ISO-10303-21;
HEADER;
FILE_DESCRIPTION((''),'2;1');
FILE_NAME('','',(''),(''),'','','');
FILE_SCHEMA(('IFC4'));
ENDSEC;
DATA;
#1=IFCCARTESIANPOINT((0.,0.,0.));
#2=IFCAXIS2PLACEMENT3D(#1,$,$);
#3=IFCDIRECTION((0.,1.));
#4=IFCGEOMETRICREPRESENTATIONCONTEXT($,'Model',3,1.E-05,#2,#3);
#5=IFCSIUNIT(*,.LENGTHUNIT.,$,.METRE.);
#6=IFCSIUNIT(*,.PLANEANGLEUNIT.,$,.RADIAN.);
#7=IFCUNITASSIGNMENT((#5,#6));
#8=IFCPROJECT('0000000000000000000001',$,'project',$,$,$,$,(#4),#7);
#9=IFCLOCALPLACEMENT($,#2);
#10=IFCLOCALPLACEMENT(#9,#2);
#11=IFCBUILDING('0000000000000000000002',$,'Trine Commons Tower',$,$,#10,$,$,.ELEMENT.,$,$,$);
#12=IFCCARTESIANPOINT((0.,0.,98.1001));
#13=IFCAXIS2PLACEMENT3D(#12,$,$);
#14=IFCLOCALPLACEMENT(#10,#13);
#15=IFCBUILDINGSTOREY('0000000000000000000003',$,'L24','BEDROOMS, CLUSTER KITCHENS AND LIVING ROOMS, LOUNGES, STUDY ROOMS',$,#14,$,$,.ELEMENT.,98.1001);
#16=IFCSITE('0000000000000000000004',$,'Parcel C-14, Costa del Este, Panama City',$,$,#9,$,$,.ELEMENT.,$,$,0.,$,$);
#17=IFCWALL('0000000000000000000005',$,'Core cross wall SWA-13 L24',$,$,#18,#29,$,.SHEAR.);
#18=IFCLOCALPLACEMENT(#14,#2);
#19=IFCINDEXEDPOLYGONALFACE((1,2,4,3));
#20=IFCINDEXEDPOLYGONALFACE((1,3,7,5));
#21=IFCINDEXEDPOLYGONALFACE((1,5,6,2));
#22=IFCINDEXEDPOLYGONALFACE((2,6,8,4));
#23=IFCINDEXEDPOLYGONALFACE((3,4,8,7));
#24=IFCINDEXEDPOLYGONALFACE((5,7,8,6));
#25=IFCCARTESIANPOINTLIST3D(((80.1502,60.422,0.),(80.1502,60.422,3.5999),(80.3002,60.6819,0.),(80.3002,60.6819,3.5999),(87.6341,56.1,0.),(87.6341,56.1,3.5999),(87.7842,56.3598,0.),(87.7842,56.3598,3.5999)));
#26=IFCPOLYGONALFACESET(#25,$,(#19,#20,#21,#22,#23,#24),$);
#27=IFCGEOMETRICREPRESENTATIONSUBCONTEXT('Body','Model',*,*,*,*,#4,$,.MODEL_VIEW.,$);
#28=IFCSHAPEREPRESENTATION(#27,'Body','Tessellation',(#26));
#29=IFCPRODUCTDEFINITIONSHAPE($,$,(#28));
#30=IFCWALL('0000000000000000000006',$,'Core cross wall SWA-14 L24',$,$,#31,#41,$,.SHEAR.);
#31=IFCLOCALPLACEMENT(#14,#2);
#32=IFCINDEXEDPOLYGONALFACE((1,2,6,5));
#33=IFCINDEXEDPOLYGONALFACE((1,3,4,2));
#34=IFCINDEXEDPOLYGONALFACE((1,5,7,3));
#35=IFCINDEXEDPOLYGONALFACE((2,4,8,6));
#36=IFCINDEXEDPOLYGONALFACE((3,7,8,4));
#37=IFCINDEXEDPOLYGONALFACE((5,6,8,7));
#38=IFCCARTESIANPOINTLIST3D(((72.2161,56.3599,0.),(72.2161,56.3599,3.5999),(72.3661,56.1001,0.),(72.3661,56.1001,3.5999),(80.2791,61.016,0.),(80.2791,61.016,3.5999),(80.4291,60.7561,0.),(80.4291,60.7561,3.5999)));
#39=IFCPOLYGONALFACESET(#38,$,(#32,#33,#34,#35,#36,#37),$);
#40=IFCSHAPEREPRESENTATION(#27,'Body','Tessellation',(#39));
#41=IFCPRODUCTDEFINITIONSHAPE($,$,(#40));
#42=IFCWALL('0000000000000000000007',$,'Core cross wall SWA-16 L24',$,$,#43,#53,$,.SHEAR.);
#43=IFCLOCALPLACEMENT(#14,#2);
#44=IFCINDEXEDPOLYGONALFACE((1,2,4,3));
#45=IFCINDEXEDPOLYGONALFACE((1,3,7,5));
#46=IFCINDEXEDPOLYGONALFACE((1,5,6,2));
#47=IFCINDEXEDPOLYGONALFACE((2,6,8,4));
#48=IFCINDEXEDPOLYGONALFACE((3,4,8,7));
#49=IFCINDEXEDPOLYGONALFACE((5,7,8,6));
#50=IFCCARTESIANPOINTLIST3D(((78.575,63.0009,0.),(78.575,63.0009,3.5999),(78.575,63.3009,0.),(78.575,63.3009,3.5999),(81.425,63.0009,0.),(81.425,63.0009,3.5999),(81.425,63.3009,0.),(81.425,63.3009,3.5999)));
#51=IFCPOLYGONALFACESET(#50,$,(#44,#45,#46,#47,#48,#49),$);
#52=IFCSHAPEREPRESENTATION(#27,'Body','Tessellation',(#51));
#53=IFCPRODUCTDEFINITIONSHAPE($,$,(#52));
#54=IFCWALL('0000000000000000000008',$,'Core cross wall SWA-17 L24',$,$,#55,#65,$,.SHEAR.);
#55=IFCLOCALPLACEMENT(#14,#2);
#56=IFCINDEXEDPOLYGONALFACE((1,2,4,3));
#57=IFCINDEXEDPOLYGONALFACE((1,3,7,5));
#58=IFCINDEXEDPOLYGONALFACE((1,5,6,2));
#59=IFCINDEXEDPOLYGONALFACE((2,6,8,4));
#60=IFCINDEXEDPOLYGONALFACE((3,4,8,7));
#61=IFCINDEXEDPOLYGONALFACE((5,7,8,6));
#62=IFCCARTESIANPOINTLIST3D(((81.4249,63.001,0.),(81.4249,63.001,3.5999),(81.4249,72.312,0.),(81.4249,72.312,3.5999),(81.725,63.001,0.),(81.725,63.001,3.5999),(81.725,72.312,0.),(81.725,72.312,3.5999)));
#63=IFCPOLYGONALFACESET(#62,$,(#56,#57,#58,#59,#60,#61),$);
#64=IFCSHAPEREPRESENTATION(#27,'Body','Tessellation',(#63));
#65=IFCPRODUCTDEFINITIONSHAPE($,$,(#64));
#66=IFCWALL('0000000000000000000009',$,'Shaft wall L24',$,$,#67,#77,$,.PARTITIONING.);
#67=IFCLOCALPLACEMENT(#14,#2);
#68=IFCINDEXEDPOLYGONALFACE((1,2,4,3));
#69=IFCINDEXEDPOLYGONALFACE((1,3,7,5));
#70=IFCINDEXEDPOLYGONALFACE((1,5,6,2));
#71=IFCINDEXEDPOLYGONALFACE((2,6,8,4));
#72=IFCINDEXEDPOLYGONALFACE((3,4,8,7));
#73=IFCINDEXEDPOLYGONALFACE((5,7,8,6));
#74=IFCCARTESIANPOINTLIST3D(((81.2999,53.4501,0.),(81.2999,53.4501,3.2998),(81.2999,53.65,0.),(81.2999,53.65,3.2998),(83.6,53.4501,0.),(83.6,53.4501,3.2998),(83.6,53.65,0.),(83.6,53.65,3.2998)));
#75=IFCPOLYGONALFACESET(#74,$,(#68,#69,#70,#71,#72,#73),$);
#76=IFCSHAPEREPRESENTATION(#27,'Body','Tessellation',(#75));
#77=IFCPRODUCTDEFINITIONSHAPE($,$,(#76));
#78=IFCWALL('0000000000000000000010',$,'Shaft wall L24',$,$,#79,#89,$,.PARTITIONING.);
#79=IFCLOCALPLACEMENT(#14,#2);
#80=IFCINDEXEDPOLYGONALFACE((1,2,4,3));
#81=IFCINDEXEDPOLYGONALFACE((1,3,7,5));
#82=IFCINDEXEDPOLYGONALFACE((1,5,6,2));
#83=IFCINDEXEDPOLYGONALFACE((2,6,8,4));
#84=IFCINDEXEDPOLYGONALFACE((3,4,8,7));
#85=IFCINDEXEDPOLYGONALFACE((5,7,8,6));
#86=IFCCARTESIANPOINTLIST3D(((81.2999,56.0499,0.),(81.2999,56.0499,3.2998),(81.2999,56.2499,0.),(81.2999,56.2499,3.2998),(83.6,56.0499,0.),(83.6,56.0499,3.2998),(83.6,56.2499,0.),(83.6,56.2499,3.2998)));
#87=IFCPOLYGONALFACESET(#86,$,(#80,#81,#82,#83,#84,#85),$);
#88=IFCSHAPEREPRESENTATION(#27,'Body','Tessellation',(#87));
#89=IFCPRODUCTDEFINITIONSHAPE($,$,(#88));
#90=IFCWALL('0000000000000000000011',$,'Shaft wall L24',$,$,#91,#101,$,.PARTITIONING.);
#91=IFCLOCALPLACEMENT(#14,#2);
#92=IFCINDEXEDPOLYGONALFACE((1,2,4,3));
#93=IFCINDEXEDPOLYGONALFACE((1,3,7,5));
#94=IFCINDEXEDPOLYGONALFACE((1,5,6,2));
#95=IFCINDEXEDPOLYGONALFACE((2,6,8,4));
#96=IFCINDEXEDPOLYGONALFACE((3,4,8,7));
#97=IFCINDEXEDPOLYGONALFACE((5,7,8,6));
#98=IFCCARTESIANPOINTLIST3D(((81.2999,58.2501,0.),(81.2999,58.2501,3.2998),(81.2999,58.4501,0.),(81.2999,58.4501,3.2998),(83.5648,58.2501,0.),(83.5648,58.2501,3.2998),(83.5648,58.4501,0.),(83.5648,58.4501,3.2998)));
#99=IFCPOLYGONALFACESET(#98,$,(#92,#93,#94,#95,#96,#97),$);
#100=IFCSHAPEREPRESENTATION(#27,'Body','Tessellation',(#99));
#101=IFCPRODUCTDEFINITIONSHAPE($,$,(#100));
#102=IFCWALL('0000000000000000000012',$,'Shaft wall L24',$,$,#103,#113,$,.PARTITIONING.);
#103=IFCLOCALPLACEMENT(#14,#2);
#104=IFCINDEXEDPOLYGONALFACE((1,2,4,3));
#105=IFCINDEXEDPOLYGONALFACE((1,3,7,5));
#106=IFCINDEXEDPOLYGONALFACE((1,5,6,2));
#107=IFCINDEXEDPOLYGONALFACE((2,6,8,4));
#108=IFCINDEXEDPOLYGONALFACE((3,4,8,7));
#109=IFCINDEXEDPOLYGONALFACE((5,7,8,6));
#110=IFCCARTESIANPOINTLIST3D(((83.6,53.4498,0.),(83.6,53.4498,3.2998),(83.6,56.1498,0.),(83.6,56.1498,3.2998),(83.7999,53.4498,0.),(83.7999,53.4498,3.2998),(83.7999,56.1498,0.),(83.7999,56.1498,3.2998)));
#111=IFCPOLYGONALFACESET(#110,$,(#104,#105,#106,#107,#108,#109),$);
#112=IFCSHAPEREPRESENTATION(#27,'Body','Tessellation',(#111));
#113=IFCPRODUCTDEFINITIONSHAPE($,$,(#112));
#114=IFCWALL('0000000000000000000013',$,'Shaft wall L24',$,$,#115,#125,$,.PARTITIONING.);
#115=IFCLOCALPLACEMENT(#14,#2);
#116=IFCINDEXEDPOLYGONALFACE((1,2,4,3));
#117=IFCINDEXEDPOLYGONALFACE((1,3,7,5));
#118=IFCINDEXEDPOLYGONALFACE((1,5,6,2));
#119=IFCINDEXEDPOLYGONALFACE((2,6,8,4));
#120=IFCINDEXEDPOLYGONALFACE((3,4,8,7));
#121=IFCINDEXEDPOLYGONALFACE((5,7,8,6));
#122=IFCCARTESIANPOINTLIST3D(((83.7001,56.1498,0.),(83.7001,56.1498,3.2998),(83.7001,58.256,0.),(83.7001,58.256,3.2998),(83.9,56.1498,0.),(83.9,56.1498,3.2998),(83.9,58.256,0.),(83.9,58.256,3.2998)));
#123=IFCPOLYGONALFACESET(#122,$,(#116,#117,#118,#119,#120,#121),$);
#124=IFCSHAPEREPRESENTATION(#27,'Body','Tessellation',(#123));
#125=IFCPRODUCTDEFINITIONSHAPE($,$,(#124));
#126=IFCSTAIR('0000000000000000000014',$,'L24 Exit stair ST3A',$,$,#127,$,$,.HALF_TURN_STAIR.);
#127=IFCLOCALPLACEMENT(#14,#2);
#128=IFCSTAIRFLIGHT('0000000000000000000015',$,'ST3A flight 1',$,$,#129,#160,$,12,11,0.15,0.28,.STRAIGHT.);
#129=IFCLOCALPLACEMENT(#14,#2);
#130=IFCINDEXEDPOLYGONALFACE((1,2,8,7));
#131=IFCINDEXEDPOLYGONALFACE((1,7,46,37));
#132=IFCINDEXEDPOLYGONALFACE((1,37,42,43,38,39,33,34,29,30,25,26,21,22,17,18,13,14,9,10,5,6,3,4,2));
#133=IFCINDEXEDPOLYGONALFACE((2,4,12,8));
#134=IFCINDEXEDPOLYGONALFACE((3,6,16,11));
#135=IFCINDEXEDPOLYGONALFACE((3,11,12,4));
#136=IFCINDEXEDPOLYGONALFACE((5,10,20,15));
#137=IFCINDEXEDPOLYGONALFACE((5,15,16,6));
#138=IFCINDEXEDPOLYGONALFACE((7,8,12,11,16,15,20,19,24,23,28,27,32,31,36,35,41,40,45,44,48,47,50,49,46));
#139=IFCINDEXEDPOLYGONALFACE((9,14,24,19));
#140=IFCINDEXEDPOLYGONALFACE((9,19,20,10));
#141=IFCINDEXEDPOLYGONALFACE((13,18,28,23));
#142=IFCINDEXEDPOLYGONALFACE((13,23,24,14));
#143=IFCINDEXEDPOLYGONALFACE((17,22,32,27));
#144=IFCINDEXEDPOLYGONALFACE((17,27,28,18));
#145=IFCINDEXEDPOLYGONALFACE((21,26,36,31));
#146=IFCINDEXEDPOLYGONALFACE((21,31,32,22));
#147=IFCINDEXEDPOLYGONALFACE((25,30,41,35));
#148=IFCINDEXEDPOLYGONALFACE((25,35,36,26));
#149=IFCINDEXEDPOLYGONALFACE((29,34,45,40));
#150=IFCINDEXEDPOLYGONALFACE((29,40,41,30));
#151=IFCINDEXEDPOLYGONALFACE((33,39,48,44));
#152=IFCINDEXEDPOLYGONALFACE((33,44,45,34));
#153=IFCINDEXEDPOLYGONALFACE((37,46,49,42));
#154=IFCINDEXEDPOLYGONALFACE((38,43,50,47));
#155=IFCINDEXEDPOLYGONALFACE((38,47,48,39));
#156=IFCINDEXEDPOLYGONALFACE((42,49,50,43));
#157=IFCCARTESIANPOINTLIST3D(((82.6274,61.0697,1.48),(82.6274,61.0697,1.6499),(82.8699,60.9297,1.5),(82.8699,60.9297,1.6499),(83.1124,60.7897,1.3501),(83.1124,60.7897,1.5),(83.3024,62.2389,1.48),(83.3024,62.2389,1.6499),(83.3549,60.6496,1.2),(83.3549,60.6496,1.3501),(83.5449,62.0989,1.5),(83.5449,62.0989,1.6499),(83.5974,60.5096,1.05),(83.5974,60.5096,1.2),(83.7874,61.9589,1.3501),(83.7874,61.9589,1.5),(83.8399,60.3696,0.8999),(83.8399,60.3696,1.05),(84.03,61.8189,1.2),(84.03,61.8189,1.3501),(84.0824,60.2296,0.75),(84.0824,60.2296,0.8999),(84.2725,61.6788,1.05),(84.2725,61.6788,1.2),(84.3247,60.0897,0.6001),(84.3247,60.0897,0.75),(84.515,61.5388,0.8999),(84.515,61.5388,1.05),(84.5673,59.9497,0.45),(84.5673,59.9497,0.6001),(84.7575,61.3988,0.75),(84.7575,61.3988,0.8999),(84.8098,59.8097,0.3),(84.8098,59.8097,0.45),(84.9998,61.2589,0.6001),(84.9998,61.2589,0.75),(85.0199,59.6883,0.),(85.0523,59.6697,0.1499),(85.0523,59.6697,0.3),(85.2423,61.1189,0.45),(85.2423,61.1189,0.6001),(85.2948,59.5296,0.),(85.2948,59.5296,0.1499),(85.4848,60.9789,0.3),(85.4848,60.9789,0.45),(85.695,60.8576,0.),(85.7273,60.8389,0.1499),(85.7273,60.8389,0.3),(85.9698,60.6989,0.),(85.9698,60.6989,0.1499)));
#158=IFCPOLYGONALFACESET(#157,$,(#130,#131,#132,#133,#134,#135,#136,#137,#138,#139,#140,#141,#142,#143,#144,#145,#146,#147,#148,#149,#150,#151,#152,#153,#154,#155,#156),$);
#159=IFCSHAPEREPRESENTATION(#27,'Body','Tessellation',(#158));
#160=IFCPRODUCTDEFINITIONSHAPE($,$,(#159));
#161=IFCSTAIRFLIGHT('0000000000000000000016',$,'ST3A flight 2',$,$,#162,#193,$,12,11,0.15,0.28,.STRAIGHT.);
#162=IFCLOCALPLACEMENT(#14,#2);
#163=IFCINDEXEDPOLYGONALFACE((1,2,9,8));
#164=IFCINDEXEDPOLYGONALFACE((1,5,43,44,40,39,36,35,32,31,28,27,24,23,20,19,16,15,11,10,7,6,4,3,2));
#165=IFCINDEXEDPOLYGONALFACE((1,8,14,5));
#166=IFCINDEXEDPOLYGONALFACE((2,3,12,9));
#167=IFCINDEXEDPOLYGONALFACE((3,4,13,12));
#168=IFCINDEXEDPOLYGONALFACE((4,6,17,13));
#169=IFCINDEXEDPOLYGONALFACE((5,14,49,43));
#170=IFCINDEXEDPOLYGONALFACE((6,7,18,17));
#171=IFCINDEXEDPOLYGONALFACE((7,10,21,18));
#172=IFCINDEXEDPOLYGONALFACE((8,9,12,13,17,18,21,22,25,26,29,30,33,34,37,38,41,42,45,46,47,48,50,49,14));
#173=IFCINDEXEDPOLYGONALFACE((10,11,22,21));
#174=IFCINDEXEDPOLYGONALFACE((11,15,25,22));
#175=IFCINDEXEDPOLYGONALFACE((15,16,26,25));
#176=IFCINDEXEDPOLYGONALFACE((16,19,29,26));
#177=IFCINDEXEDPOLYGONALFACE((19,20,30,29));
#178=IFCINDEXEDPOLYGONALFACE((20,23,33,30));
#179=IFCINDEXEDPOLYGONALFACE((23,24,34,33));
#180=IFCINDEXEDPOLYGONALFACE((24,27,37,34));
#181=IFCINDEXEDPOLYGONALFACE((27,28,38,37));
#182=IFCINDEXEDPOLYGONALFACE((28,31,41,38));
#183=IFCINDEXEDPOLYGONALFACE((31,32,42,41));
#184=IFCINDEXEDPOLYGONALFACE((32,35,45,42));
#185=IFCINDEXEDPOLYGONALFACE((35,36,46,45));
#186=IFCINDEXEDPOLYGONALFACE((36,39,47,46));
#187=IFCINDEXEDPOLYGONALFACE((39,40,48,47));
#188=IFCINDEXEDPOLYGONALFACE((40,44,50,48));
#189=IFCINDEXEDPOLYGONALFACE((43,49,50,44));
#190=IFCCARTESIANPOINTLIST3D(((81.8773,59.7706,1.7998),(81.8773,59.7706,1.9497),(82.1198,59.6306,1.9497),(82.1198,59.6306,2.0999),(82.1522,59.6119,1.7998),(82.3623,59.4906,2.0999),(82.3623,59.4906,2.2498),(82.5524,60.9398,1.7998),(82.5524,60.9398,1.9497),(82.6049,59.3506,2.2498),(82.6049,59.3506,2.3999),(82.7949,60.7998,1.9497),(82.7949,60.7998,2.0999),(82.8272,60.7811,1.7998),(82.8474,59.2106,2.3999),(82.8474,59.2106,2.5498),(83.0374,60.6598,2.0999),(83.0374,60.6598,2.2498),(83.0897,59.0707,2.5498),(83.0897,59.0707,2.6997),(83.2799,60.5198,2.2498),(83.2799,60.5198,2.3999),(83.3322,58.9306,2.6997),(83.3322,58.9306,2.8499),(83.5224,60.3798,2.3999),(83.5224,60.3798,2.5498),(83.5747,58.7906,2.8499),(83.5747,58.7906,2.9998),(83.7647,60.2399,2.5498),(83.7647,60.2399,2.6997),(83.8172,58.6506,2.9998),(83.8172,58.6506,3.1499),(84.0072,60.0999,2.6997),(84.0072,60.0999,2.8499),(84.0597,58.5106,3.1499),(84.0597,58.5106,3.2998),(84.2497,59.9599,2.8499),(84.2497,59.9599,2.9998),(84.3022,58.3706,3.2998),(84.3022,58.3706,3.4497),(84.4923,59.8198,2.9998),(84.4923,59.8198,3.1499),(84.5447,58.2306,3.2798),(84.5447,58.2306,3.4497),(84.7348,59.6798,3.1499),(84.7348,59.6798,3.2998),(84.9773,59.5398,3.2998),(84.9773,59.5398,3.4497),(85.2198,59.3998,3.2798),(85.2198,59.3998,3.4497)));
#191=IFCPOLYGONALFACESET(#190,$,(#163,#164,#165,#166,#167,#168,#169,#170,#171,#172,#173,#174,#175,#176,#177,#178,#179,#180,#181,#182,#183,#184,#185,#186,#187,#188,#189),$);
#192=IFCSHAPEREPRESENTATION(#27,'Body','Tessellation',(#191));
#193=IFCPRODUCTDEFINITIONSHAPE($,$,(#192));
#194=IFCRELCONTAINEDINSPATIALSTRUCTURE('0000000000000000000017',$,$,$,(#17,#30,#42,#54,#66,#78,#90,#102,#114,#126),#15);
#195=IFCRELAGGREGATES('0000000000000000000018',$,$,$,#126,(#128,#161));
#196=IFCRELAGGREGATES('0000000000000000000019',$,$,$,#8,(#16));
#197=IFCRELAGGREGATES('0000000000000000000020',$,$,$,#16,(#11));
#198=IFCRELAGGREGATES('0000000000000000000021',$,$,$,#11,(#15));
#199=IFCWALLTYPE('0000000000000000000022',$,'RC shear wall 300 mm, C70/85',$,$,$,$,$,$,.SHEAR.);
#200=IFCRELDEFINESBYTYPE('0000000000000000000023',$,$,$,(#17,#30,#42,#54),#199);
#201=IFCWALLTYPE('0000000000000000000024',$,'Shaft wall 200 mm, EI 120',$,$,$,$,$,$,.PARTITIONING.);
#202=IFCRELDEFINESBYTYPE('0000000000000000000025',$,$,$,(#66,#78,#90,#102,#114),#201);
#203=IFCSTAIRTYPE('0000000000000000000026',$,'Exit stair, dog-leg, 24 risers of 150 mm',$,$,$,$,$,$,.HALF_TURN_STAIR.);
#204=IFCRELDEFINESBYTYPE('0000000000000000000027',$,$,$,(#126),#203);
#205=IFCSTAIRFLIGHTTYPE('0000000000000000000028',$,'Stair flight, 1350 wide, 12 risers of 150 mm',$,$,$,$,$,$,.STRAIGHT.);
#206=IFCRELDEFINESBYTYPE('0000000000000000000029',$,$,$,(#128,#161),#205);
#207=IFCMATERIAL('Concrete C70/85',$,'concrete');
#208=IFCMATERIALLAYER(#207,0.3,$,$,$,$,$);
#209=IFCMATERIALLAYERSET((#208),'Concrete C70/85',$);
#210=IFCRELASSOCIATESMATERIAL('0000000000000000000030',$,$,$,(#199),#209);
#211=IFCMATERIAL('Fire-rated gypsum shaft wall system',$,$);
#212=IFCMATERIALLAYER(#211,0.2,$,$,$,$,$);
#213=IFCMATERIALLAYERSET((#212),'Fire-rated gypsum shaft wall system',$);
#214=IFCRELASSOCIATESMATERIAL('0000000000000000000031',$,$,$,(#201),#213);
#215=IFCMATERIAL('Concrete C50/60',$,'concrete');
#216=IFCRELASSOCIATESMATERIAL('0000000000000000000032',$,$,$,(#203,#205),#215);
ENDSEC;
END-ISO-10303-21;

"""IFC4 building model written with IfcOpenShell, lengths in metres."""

from ifc_helpers import new_model, si_unit, direction, frame, frame_2d, origin, place, context, subcontext, project, spatial, polyline, rectangle, outline, extrude, material, layer, layer_set, type_object, element, aggregate, save


model = new_model("IFC4")

# Units and contexts
model_context = context("Model", 3, precision=1e-05, world=origin(), true_north=direction((0.0, 1.0)))
body_context = subcontext(model_context, "Body", "Model", "MODEL_VIEW")
ifc_project = project(units=[si_unit("LENGTHUNIT", "METRE"), si_unit("PLANEANGLEUNIT", "RADIAN")], contexts=[model_context])

# Site, building, storey
site_placement = place(None, origin())
site = spatial("IfcSite", under=ifc_project, at=site_placement, Name="Parcel C-14, Costa del Este, Panama City", CompositionType="ELEMENT", RefElevation=0.0)
building_placement = place(site_placement, origin())
building = spatial("IfcBuilding", under=site, at=building_placement, Name="Trine Commons Tower", CompositionType="ELEMENT")
storey_placement = place(building_placement, frame((0.0, 0.0, 98.1001)))
storey = spatial("IfcBuildingStorey", under=building, at=storey_placement, Name="L24", Description="BEDROOMS, CLUSTER KITCHENS AND LIVING ROOMS, LOUNGES, STUDY ROOMS", CompositionType="ELEMENT", Elevation=98.1001)

# Shared definitions
ifc_material_1 = material(Name="Concrete C70/85", Category="concrete")

# Shared definitions
ifc_layer_1 = layer(ifc_material_1, 0.3)
ifc_layer_set_1 = layer_set([ifc_layer_1], Name="Concrete C70/85")
wall_type_1 = type_object("IfcWallType", Name="RC shear wall 300 mm, C70/85", PredefinedType="SHEAR", material=ifc_layer_set_1)

# Walls
wall_1_placement = place(storey_placement, frame((80.2251, 60.552, 0.0), z_axis=(0.0, 0.0, 1.0), x_axis=(0.865965, -0.500104, 0.0)))
element("IfcWall", 1, at=wall_1_placement, inside=storey, type_object=wall_type_1, Name="Core cross wall SWA-13 L24", PredefinedType="SHEAR", context=body_context, shape_type="SweptSolid", body=[
    extrude(rectangle(XDim=8.6423, YDim=0.3, at=frame_2d((4.3213, 0.0))), origin(), (0.0, 0.0, 1.0), 3.5999),
])
wall_2_placement = place(storey_placement, frame((80.354, 60.886, 0.0), z_axis=(0.0, 0.0, 1.0), x_axis=(-0.865986, -0.500067, 0.0)))
element("IfcWall", 2, at=wall_2_placement, inside=storey, type_object=wall_type_1, Name="Core cross wall SWA-14 L24", PredefinedType="SHEAR", context=body_context, shape_type="SweptSolid", body=[
    extrude(rectangle(XDim=9.3108, YDim=0.3, at=frame_2d((4.6553, 0.0))), origin(), (0.0, 0.0, 1.0), 3.5999),
])
wall_3_placement = place(storey_placement, frame((81.425, 63.1509, 0.0), z_axis=(0.0, 0.0, 1.0), x_axis=(-1.0, 0.0, 0.0)))
element("IfcWall", 3, at=wall_3_placement, inside=storey, type_object=wall_type_1, Name="Core cross wall SWA-16 L24", PredefinedType="SHEAR", context=body_context, shape_type="SweptSolid", body=[
    extrude(rectangle(XDim=2.8501, YDim=0.3, at=frame_2d((1.425, 0.0))), origin(), (0.0, 0.0, 1.0), 3.5999),
])
wall_4_placement = place(storey_placement, frame((81.575, 63.001, 0.0), z_axis=(0.0, 0.0, 1.0), x_axis=(0.0, 1.0, 0.0)))
element("IfcWall", 4, at=wall_4_placement, inside=storey, type_object=wall_type_1, Name="Core cross wall SWA-17 L24", PredefinedType="SHEAR", context=body_context, shape_type="SweptSolid", body=[
    extrude(rectangle(XDim=9.311, YDim=0.3, at=frame_2d((4.6555, 0.0))), origin(), (0.0, 0.0, 1.0), 3.5999),
])
ifc_material_2 = material(Name="Fire-rated gypsum shaft wall system")
ifc_layer_2 = layer(ifc_material_2, 0.2)
ifc_layer_set_2 = layer_set([ifc_layer_2], Name="Fire-rated gypsum shaft wall system")
wall_type_2 = type_object("IfcWallType", Name="Shaft wall 200 mm, EI 120", PredefinedType="PARTITIONING", material=ifc_layer_set_2)
for number, where, z_axis, x_axis, name in (
    (5, (81.3, 53.55, 0.0), (0.0, 0.0, 1.0), (1.0, 0.0, 0.0), "Shaft wall L24"),
    (6, (81.3, 56.1499, 0.0), (0.0, 0.0, 1.0), (1.0, 0.0, 0.0), "Shaft wall L24"),
):
    element("IfcWall", number, at=place(storey_placement, frame(where, z_axis=z_axis, x_axis=x_axis)), inside=storey, type_object=wall_type_2, Name=name, PredefinedType="PARTITIONING", context=body_context, shape_type="SweptSolid", body=[
        extrude(rectangle(XDim=2.3, YDim=0.2, at=frame_2d((1.1499, 0.0))), origin(), (0.0, 0.0, 1.0), 3.2998),
    ])
wall_5_placement = place(storey_placement, frame((81.3, 58.3501, 0.0), z_axis=(0.0, 0.0, 1.0), x_axis=(1.0, 0.0, 0.0)))
element("IfcWall", 7, at=wall_5_placement, inside=storey, type_object=wall_type_2, Name="Shaft wall L24", PredefinedType="PARTITIONING", context=body_context, shape_type="SweptSolid", body=[
    extrude(rectangle(XDim=2.2649, YDim=0.2, at=frame_2d((1.1323, 0.0))), origin(), (0.0, 0.0, 1.0), 3.2998),
])
wall_6_placement = place(storey_placement, frame((83.7, 56.1499, 0.0), z_axis=(0.0, 0.0, 1.0), x_axis=(0.0, -1.0, 0.0)))
element("IfcWall", 8, at=wall_6_placement, inside=storey, type_object=wall_type_2, Name="Shaft wall L24", PredefinedType="PARTITIONING", context=body_context, shape_type="SweptSolid", body=[
    extrude(rectangle(XDim=2.7, YDim=0.2, at=frame_2d((1.3501, 0.0))), origin(), (0.0, 0.0, 1.0), 3.2998),
])
wall_7_placement = place(storey_placement, frame((83.8, 58.2561, 0.0), z_axis=(0.0, 0.0, 1.0), x_axis=(0.0, -1.0, 0.0)))
element("IfcWall", 9, at=wall_7_placement, inside=storey, type_object=wall_type_2, Name="Shaft wall L24", PredefinedType="PARTITIONING", context=body_context, shape_type="SweptSolid", body=[
    extrude(rectangle(XDim=2.1062, YDim=0.2, at=frame_2d((1.0532, 0.0))), origin(), (0.0, 0.0, 1.0), 3.2998),
])

# Stair, stair flights
ifc_material_3 = material(Name="Concrete C50/60", Category="concrete")
stair_type = type_object("IfcStairType", Name="Exit stair, dog-leg, 24 risers of 150 mm", PredefinedType="HALF_TURN_STAIR", material=ifc_material_3)
stair_placement = place(storey_placement, origin())
stair = element("IfcStair", 10, at=stair_placement, inside=storey, type_object=stair_type, Name="L24 Exit stair ST3A", PredefinedType="HALF_TURN_STAIR")
stair_flight_type = type_object("IfcStairFlightType", Name="Stair flight, 1350 wide, 12 risers of 150 mm", PredefinedType="STRAIGHT", material=ifc_material_3)
stair_flight_1_placement = place(storey_placement, frame((85.6323, 60.1143, 0.0), z_axis=(0.0, 0.0, 1.0), x_axis=(-0.866025, 0.5, 0.0)))
stair_flight_1 = element("IfcStairFlight", 11, at=stair_flight_1_placement, type_object=stair_flight_type, Name="ST3A flight 1", NumberOfRisers=12, NumberOfTreads=11, PredefinedType="STRAIGHT", RiserHeight=0.15, TreadLength=0.28, context=body_context, shape_type="SweptSolid", body=[
    extrude(outline(polyline([(0.0, 0.0), (0.0, 0.1499), (0.28, 0.1499), (0.28, 0.3), (0.5601, 0.3), (0.5601, 0.45), (0.8401, 0.45), (0.8401, 0.6001), (1.1201, 0.6001), (1.1201, 0.75), (1.3999, 0.75), (1.3999, 0.8999), (1.6799, 0.8999), (1.6799, 1.05), (1.96, 1.05), (1.96, 1.2), (2.24, 1.2), (2.24, 1.3501), (2.52, 1.3501), (2.52, 1.5), (2.8, 1.5), (2.8, 1.6499), (3.0801, 1.6499), (3.0801, 1.8), (3.0801, 1.48), (0.3174, 0.0), (0.0, 0.0)])), frame((0.0, 0.675, 0.0), z_axis=(0.0, -1.0, 0.0), x_axis=(1.0, 0.0, 0.0)), (0.0, 0.0, 1.0), 1.3501),
])
stair_flight_2_placement = place(storey_placement, frame((82.2148, 60.3552, 1.7998), z_axis=(0.0, 0.0, 1.0), x_axis=(0.866025, -0.5, 0.0)))
stair_flight_2 = element("IfcStairFlight", 12, at=stair_flight_2_placement, type_object=stair_flight_type, Name="ST3A flight 2", NumberOfRisers=12, NumberOfTreads=11, PredefinedType="STRAIGHT", RiserHeight=0.15, TreadLength=0.28, context=body_context, shape_type="SweptSolid", body=[
    extrude(outline(polyline([(0.0, 0.0), (0.0, 0.1499), (0.28, 0.1499), (0.28, 0.3), (0.5601, 0.3), (0.5601, 0.45), (0.8401, 0.45), (0.8401, 0.6001), (1.1201, 0.6001), (1.1201, 0.75), (1.3999, 0.75), (1.3999, 0.8999), (1.6799, 0.8999), (1.6799, 1.05), (1.96, 1.05), (1.96, 1.2), (2.24, 1.2), (2.24, 1.3501), (2.52, 1.3501), (2.52, 1.5), (2.8, 1.5), (2.8, 1.6499), (3.0801, 1.6499), (3.0801, 1.8), (3.0801, 1.48), (0.3174, 0.0), (0.0, 0.0)])), frame((0.0, 0.675, 0.0), z_axis=(0.0, -1.0, 0.0), x_axis=(1.0, 0.0, 0.0)), (0.0, 0.0, 1.0), 1.3501),
])
aggregate(stair, [stair_flight_1, stair_flight_2])

save(model, "model.ifc")
